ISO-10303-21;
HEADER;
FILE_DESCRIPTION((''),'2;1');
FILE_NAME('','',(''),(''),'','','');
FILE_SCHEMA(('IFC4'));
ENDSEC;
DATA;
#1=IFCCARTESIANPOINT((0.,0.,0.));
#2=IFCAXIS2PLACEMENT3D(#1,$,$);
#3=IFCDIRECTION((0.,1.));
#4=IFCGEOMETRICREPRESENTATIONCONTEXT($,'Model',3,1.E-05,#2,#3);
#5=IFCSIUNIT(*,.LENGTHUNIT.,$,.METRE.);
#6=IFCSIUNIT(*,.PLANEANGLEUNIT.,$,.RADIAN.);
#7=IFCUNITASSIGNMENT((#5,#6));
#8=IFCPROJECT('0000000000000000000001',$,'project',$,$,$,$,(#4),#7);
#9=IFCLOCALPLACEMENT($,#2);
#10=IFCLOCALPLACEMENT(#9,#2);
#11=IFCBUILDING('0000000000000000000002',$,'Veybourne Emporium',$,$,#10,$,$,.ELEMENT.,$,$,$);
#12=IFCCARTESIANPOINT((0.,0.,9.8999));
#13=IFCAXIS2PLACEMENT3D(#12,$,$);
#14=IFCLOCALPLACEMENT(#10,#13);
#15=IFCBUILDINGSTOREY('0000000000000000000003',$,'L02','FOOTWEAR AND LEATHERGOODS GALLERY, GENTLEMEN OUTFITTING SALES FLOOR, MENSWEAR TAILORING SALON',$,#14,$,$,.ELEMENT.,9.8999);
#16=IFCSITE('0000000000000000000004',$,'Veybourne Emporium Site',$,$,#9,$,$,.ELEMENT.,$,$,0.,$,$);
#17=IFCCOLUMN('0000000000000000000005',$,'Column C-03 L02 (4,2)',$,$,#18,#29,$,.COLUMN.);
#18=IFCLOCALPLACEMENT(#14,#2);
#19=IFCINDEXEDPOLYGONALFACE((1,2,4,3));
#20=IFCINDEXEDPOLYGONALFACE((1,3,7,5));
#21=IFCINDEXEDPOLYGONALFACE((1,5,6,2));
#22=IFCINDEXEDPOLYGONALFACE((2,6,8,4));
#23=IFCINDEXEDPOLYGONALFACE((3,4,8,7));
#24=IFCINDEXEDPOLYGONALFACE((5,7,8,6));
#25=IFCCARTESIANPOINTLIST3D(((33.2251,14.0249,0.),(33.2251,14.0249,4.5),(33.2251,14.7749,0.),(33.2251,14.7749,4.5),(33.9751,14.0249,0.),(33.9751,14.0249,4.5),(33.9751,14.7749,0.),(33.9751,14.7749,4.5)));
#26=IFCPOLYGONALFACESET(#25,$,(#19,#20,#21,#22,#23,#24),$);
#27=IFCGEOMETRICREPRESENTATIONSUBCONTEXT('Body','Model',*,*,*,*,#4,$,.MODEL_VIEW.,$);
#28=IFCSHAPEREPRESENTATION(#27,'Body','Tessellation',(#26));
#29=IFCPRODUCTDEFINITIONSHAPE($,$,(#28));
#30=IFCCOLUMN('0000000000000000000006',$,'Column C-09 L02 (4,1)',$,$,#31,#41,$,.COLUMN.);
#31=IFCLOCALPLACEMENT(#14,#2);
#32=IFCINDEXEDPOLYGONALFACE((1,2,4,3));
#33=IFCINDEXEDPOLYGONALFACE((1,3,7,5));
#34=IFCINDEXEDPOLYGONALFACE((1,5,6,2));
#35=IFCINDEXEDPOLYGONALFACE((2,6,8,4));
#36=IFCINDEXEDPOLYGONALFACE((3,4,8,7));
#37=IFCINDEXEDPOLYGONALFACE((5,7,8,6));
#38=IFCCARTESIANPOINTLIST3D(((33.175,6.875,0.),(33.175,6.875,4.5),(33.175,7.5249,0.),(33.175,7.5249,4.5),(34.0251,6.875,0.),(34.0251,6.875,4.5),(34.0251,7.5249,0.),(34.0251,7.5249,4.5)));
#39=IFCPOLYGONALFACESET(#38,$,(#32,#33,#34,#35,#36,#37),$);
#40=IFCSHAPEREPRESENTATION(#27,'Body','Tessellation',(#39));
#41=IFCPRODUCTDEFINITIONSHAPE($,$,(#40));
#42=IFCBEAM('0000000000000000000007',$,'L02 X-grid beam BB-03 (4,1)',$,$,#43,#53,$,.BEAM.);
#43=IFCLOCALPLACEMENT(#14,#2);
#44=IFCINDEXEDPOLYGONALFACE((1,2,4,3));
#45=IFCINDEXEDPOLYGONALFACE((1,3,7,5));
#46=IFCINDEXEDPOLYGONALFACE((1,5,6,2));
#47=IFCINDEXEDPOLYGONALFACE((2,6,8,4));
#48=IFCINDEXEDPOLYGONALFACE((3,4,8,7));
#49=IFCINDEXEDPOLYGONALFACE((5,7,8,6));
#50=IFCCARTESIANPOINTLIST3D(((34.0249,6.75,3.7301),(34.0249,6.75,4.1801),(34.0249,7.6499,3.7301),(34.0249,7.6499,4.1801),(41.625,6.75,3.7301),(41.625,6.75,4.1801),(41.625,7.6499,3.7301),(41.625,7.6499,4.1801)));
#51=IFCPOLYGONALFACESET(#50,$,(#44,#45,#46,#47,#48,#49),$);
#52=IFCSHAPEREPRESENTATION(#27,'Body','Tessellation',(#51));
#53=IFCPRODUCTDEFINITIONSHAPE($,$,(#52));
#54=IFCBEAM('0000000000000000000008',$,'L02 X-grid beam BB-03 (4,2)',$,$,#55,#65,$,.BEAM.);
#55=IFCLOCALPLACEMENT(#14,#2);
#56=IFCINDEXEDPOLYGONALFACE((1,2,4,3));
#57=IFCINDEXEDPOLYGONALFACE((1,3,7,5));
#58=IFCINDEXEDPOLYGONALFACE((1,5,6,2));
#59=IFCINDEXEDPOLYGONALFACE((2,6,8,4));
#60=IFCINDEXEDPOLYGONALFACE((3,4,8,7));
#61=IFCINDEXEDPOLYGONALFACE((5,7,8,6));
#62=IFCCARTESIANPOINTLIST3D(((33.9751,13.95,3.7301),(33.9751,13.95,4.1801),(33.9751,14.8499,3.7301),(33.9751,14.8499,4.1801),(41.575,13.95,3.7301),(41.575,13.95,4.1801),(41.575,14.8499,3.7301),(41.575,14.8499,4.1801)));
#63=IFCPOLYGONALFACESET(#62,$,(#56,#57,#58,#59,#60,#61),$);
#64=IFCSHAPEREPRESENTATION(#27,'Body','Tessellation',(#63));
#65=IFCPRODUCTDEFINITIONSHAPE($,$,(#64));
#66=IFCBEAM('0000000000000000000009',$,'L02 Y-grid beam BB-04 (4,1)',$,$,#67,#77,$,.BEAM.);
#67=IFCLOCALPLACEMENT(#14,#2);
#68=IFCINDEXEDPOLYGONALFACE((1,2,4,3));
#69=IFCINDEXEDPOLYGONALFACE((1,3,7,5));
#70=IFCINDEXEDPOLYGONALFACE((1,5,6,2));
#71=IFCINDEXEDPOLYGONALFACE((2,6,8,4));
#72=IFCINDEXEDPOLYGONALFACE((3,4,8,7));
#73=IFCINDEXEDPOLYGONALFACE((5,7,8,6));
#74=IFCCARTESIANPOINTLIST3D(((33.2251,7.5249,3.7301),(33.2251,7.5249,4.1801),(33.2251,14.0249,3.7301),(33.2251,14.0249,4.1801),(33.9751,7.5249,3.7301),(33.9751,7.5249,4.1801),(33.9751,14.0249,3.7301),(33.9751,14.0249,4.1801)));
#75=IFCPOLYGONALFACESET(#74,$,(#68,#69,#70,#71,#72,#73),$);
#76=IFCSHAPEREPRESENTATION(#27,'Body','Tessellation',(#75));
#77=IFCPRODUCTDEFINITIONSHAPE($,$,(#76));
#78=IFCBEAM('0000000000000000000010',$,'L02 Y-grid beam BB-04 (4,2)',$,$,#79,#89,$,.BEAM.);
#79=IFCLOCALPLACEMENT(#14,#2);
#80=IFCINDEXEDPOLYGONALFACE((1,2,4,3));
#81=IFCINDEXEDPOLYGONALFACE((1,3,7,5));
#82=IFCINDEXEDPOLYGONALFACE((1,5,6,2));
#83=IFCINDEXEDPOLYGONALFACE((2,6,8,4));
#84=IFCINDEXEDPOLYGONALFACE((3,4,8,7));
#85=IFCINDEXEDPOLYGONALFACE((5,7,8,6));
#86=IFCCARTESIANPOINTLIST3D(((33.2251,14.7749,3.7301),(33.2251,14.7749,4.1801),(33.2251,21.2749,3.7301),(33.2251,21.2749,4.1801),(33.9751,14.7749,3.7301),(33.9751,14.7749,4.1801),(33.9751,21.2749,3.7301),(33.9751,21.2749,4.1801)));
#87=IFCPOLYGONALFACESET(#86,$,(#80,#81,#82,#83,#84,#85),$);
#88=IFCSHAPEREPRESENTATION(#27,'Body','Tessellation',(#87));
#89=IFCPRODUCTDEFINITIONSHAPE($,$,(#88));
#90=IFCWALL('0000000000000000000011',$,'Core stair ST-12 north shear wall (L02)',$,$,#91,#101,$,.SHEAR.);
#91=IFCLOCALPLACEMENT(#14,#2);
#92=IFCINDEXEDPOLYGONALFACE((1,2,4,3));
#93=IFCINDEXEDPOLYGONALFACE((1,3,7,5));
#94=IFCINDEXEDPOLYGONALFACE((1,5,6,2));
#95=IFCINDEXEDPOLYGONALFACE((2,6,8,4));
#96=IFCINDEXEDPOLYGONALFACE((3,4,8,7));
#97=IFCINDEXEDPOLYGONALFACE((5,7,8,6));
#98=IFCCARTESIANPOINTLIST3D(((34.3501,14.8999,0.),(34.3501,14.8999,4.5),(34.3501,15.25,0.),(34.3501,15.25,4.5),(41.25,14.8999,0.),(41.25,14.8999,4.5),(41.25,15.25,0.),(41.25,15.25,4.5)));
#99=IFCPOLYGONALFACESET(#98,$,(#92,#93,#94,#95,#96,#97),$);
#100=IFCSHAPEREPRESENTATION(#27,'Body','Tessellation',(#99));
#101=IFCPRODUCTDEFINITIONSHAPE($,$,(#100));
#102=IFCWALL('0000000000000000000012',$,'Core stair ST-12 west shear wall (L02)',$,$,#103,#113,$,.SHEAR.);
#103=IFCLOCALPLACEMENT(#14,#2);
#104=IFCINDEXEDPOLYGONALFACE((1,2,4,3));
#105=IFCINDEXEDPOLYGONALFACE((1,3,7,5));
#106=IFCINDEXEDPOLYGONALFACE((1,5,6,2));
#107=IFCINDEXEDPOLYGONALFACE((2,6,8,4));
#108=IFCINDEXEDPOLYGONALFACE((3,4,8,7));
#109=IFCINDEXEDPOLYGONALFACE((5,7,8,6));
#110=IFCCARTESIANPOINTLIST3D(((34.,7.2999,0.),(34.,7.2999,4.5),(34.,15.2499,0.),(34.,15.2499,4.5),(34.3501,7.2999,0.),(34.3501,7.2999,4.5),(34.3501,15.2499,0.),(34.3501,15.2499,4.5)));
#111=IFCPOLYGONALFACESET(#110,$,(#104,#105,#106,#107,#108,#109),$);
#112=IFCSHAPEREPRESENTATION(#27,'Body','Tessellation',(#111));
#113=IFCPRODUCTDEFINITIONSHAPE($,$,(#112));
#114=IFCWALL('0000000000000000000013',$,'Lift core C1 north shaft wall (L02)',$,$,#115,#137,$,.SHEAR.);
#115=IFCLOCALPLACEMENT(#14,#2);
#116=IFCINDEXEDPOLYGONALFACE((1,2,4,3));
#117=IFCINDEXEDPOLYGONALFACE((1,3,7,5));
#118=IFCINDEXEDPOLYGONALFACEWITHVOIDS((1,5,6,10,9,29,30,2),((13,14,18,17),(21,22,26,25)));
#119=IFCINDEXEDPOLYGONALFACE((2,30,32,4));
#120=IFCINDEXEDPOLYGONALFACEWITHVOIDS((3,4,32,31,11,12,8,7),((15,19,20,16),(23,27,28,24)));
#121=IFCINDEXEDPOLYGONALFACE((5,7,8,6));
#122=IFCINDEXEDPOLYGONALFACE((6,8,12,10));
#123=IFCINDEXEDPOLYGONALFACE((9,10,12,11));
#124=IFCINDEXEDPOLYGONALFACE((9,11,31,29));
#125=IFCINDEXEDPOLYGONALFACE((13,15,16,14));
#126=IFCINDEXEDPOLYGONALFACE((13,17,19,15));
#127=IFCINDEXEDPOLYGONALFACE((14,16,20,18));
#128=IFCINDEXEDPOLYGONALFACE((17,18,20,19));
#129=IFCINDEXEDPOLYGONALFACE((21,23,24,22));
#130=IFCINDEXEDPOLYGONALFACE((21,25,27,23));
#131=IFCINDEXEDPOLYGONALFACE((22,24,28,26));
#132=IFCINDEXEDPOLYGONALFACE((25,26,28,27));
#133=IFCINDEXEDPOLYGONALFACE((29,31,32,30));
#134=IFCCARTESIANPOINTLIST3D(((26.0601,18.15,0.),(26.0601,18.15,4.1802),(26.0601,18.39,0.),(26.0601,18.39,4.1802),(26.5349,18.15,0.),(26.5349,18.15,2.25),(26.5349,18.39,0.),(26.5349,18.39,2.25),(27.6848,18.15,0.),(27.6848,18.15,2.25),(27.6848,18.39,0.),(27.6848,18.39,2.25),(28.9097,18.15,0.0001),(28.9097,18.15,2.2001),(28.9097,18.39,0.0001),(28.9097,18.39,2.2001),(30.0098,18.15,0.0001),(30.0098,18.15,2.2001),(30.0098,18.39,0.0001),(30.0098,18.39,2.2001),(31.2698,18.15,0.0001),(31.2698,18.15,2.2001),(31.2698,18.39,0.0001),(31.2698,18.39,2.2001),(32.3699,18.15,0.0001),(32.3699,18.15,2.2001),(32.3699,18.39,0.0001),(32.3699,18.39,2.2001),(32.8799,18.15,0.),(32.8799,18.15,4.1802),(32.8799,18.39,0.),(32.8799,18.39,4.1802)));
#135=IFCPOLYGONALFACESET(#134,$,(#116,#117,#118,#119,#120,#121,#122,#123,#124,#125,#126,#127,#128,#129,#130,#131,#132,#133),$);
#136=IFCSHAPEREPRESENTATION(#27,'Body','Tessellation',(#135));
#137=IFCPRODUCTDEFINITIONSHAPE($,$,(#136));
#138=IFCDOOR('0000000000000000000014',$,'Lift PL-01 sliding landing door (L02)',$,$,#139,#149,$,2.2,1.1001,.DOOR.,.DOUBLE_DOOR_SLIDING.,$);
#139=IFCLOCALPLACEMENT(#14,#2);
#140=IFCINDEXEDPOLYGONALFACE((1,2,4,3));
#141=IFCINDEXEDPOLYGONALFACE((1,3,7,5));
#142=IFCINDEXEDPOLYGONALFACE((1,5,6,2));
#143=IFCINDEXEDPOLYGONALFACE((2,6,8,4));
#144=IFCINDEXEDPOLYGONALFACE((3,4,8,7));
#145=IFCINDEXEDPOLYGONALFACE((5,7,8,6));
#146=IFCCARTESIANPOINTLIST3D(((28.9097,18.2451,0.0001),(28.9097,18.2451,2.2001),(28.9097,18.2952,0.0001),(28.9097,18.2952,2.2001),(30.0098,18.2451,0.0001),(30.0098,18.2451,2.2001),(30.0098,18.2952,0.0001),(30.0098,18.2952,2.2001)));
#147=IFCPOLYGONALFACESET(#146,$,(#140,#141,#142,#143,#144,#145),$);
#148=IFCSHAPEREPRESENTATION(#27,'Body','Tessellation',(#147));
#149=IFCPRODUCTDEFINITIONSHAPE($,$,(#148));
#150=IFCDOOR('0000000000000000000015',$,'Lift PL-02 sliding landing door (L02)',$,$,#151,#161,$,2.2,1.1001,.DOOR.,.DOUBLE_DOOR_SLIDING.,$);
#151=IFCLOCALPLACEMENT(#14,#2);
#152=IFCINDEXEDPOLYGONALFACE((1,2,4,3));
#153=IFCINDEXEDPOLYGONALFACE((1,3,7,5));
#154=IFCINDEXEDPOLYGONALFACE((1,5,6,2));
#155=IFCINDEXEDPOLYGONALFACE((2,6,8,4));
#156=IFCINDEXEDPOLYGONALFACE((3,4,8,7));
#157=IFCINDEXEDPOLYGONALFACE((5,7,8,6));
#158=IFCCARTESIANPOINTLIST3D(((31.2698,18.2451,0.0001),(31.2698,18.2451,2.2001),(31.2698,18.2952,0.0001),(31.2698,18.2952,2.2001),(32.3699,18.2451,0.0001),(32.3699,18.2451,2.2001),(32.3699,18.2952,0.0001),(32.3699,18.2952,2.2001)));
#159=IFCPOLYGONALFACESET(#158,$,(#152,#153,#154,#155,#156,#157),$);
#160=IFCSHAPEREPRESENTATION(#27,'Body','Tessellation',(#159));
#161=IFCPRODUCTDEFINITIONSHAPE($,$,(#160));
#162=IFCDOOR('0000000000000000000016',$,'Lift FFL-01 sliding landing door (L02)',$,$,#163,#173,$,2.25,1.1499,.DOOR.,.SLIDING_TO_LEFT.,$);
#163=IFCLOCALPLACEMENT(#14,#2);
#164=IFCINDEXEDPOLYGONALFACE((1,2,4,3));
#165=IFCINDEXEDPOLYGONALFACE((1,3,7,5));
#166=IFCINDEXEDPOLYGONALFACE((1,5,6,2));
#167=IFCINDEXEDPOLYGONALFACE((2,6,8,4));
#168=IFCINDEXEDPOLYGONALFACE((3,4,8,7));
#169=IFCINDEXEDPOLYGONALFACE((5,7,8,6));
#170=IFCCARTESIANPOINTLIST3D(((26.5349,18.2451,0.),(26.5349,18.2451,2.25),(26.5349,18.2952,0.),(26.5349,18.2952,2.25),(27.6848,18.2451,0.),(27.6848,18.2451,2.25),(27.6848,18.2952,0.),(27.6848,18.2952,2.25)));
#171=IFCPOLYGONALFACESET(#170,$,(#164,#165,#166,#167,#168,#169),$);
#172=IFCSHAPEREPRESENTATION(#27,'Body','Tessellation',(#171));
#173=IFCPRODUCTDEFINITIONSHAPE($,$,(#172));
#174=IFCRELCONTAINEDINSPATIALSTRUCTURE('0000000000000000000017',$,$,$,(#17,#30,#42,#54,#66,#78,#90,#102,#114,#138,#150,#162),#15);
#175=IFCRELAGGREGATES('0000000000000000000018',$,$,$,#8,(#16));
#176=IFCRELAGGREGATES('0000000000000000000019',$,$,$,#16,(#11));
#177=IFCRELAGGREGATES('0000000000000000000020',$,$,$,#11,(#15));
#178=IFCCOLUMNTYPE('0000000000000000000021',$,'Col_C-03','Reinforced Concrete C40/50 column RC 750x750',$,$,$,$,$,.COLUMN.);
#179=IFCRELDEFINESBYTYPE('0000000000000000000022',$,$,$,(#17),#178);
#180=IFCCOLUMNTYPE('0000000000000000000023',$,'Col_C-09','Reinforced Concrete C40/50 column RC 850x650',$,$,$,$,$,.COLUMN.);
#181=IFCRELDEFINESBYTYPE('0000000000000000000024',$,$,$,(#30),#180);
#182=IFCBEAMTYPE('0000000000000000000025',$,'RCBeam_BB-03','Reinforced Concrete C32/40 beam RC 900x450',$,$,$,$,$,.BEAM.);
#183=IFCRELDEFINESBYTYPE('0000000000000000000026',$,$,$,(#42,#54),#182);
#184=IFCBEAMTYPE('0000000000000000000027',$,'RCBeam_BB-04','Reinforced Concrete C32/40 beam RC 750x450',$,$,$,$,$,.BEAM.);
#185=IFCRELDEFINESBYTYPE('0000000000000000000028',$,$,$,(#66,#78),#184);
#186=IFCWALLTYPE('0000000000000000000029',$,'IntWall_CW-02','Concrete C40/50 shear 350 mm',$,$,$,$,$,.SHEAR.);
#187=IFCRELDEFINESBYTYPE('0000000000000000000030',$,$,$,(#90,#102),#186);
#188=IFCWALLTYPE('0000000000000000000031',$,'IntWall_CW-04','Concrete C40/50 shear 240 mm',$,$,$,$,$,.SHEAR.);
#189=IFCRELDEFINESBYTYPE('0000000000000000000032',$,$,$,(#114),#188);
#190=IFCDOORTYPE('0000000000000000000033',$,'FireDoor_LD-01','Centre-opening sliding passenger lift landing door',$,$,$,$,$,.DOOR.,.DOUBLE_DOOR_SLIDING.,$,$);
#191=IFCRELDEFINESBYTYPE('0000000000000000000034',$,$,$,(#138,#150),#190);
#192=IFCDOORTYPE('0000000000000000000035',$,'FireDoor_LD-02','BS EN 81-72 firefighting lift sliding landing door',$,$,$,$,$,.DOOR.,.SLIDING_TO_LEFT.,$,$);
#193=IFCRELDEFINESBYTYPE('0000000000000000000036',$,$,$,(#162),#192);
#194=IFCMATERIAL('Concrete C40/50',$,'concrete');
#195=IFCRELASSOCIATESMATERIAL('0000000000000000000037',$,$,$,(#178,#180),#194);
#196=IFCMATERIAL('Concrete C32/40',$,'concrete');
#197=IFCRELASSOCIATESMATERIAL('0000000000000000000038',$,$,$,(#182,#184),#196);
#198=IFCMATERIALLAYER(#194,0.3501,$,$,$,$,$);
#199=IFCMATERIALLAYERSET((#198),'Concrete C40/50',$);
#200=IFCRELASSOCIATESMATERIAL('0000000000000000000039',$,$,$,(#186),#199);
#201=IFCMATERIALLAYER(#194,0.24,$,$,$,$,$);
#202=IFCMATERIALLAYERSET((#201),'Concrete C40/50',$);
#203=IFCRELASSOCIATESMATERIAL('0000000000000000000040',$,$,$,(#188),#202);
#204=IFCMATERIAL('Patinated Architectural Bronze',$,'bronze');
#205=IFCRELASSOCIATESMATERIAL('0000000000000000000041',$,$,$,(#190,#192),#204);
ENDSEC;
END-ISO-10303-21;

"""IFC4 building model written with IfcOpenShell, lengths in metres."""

from ifc_helpers import new_model, si_unit, direction, frame, frame_2d, origin, origin_2d, place, context, subcontext, project, spatial, rectangle, extrude, material, layer, layer_set, material_profile, profile_set, type_object, element, fill, save


model = new_model("IFC4")

# Units and contexts
model_context = context("Model", 3, precision=1e-05, world=origin(), true_north=direction((0.0, 1.0)))
body_context = subcontext(model_context, "Body", "Model", "MODEL_VIEW")
ifc_project = project(units=[si_unit("LENGTHUNIT", "METRE"), si_unit("PLANEANGLEUNIT", "RADIAN")], contexts=[model_context])

# Site, building, storey
site_placement = place(None, origin())
site = spatial("IfcSite", under=ifc_project, at=site_placement, Name="Veybourne Emporium Site", CompositionType="ELEMENT", RefElevation=0.0)
building_placement = place(site_placement, origin())
building = spatial("IfcBuilding", under=site, at=building_placement, Name="Veybourne Emporium", CompositionType="ELEMENT")
storey_placement = place(building_placement, frame((0.0, 0.0, 9.8999)))
storey = spatial("IfcBuildingStorey", under=building, at=storey_placement, Name="L02", Description="FOOTWEAR AND LEATHERGOODS GALLERY, GENTLEMEN OUTFITTING SALES FLOOR, MENSWEAR TAILORING SALON", CompositionType="ELEMENT", Elevation=9.8999)

# Columns
ifc_material_1 = material(Name="Concrete C40/50", Category="concrete")
ifc_material_profile_1 = material_profile(ifc_material_1, rectangle(XDim=0.75, YDim=0.75, at=origin_2d()), Name="RC 750x750")
ifc_profile_set_1 = profile_set([ifc_material_profile_1], Name="Concrete C40/50")
column_type_1 = type_object("IfcColumnType", Name="Col_C-03", Description="Reinforced Concrete C40/50 column RC 750x750", PredefinedType="COLUMN", material=ifc_profile_set_1)
column_1_placement = place(storey_placement, frame((33.6001, 14.3999, 0.0), z_axis=(0.0, 0.0, 1.0), x_axis=(1.0, 0.0, 0.0)))
element("IfcColumn", 1, at=column_1_placement, inside=storey, type_object=column_type_1, Name="Column C-03 L02 (4,2)", PredefinedType="COLUMN", context=body_context, shape_type="SweptSolid", body=[
    extrude(rectangle(XDim=0.75, YDim=0.75, at=origin_2d()), origin(), (0.0, 0.0, 1.0), 4.5),
])
ifc_material_profile_2 = material_profile(ifc_material_1, rectangle(XDim=0.8501, YDim=0.6499, at=origin_2d()), Name="RC 850x650")
ifc_profile_set_2 = profile_set([ifc_material_profile_2], Name="Concrete C40/50")
column_type_2 = type_object("IfcColumnType", Name="Col_C-09", Description="Reinforced Concrete C40/50 column RC 850x650", PredefinedType="COLUMN", material=ifc_profile_set_2)
column_2_placement = place(storey_placement, frame((33.6001, 7.2, 0.0), z_axis=(0.0, 0.0, 1.0), x_axis=(1.0, 0.0, 0.0)))
element("IfcColumn", 2, at=column_2_placement, inside=storey, type_object=column_type_2, Name="Column C-09 L02 (4,1)", PredefinedType="COLUMN", context=body_context, shape_type="SweptSolid", body=[
    extrude(rectangle(XDim=0.8501, YDim=0.6499, at=origin_2d()), origin(), (0.0, 0.0, 1.0), 4.5),
])

# Beams
ifc_material_2 = material(Name="Concrete C32/40", Category="concrete")
ifc_material_profile_3 = material_profile(ifc_material_2, rectangle(XDim=0.8999, YDim=0.45, at=origin_2d()), Name="RC 900x450")
ifc_profile_set_3 = profile_set([ifc_material_profile_3], Name="Concrete C32/40")
beam_type_1 = type_object("IfcBeamType", Name="RCBeam_BB-03", Description="Reinforced Concrete C32/40 beam RC 900x450", PredefinedType="BEAM", material=ifc_profile_set_3)
beam_1_placement = place(storey_placement, frame((34.0249, 7.2, 3.9551), z_axis=(1.0, 0.0, 0.0), x_axis=(0.0, 1.0, 0.0)))
element("IfcBeam", 3, at=beam_1_placement, inside=storey, type_object=beam_type_1, Name="L02 X-grid beam BB-03 (4,1)", PredefinedType="BEAM", context=body_context, shape_type="SweptSolid", body=[
    extrude(rectangle(XDim=0.8999, YDim=0.45, at=origin_2d()), origin(), (0.0, 0.0, 1.0), 7.6001),
])
beam_2_placement = place(storey_placement, frame((33.9751, 14.3999, 3.9551), z_axis=(1.0, 0.0, 0.0), x_axis=(0.0, 1.0, 0.0)))
element("IfcBeam", 4, at=beam_2_placement, inside=storey, type_object=beam_type_1, Name="L02 X-grid beam BB-03 (4,2)", PredefinedType="BEAM", context=body_context, shape_type="SweptSolid", body=[
    extrude(rectangle(XDim=0.8999, YDim=0.45, at=origin_2d()), origin(), (0.0, 0.0, 1.0), 7.5999),
])
ifc_material_profile_4 = material_profile(ifc_material_2, rectangle(XDim=0.75, YDim=0.45, at=origin_2d()), Name="RC 750x450")
ifc_profile_set_4 = profile_set([ifc_material_profile_4], Name="Concrete C32/40")
beam_type_2 = type_object("IfcBeamType", Name="RCBeam_BB-04", Description="Reinforced Concrete C32/40 beam RC 750x450", PredefinedType="BEAM", material=ifc_profile_set_4)
for number, where, z_axis, x_axis, name in (
    (5, (33.6001, 7.5249, 3.9551), (0.0, 1.0, 0.0), (-1.0, 0.0, 0.0), "L02 Y-grid beam BB-04 (4,1)"),
    (6, (33.6001, 14.7749, 3.9551), (0.0, 1.0, 0.0), (-1.0, 0.0, 0.0), "L02 Y-grid beam BB-04 (4,2)"),
):
    element("IfcBeam", number, at=place(storey_placement, frame(where, z_axis=z_axis, x_axis=x_axis)), inside=storey, type_object=beam_type_2, Name=name, PredefinedType="BEAM", context=body_context, shape_type="SweptSolid", body=[
        extrude(rectangle(XDim=0.75, YDim=0.45, at=origin_2d()), origin(), (0.0, 0.0, 1.0), 6.5),
    ])

# Walls
ifc_layer_1 = layer(ifc_material_1, 0.3501)
ifc_layer_set_1 = layer_set([ifc_layer_1], Name="Concrete C40/50")
wall_type_1 = type_object("IfcWallType", Name="IntWall_CW-02", Description="Concrete C40/50 shear 350 mm", PredefinedType="SHEAR", material=ifc_layer_set_1)
wall_1_placement = place(storey_placement, frame((34.3501, 15.075, 0.0), z_axis=(0.0, 0.0, 1.0), x_axis=(1.0, 0.0, 0.0)))
element("IfcWall", 7, at=wall_1_placement, inside=storey, type_object=wall_type_1, Name="Core stair ST-12 north shear wall (L02)", PredefinedType="SHEAR", context=body_context, shape_type="SweptSolid", body=[
    extrude(rectangle(XDim=6.8999, YDim=0.3501, at=frame_2d((3.45, 0.0))), origin(), (0.0, 0.0, 1.0), 4.5),
])
wall_2_placement = place(storey_placement, frame((34.175, 15.25, 0.0), z_axis=(0.0, 0.0, 1.0), x_axis=(0.0, -1.0, 0.0)))
element("IfcWall", 8, at=wall_2_placement, inside=storey, type_object=wall_type_1, Name="Core stair ST-12 west shear wall (L02)", PredefinedType="SHEAR", context=body_context, shape_type="SweptSolid", body=[
    extrude(rectangle(XDim=7.95, YDim=0.3501, at=frame_2d((3.9751, 0.0))), origin(), (0.0, 0.0, 1.0), 4.5),
])

# Wall, openings, doors
ifc_layer_2 = layer(ifc_material_1, 0.24)
ifc_layer_set_2 = layer_set([ifc_layer_2], Name="Concrete C40/50")
wall_type_2 = type_object("IfcWallType", Name="IntWall_CW-04", Description="Concrete C40/50 shear 240 mm", PredefinedType="SHEAR", material=ifc_layer_set_2)
wall_3_placement = place(storey_placement, frame((32.8799, 18.27, 0.0), z_axis=(0.0, 0.0, 1.0), x_axis=(-1.0, 0.0, 0.0)))
wall_3 = element("IfcWall", 9, at=wall_3_placement, inside=storey, type_object=wall_type_2, Name="Lift core C1 north shaft wall (L02)", PredefinedType="SHEAR", context=body_context, shape_type="SweptSolid", body=[
    extrude(rectangle(XDim=6.8198, YDim=0.24, at=frame_2d((3.4099, 0.0))), origin(), (0.0, 0.0, 1.0), 4.1802),
])
opening_1_placement = place(wall_3_placement, frame((5.1951, 0.0, 0.0)))
opening_1 = element("IfcOpeningElement", 10, at=opening_1_placement, cuts=wall_3, PredefinedType="OPENING", context=body_context, shape_type="SweptSolid", body=[
    extrude(rectangle(XDim=1.1499, YDim=2.25, at=frame_2d((0.575, 1.125))), frame((0.0, 0.1401, 0.0), z_axis=(0.0, -1.0, 0.0), x_axis=(1.0, 0.0, 0.0)), (0.0, 0.0, 1.0), 0.28),
])
opening_2_placement = place(wall_3_placement, frame((2.8701, 0.0, 0.0)))
opening_2 = element("IfcOpeningElement", 11, at=opening_2_placement, cuts=wall_3, PredefinedType="OPENING", context=body_context, shape_type="SweptSolid", body=[
    extrude(rectangle(XDim=1.1001, YDim=2.2, at=frame_2d((0.55, 1.1001))), frame((0.0, 0.1401, 0.0), z_axis=(0.0, -1.0, 0.0), x_axis=(1.0, 0.0, 0.0)), (0.0, 0.0, 1.0), 0.28),
])
opening_3_placement = place(wall_3_placement, frame((0.51, 0.0, 0.0)))
opening_3 = element("IfcOpeningElement", 12, at=opening_3_placement, cuts=wall_3, PredefinedType="OPENING", context=body_context, shape_type="SweptSolid", body=[
    extrude(rectangle(XDim=1.1001, YDim=2.2, at=frame_2d((0.55, 1.1001))), frame((0.0, 0.1401, 0.0), z_axis=(0.0, -1.0, 0.0), x_axis=(1.0, 0.0, 0.0)), (0.0, 0.0, 1.0), 0.28),
])
ifc_material_3 = material(Name="Patinated Architectural Bronze", Category="bronze")
door_type_1 = type_object("IfcDoorType", Name="FireDoor_LD-01", Description="Centre-opening sliding passenger lift landing door", OperationType="DOUBLE_DOOR_SLIDING", PredefinedType="DOOR", material=ifc_material_3)
door_1_placement = place(opening_2_placement, origin())
door_1 = element("IfcDoor", 13, at=door_1_placement, inside=storey, type_object=door_type_1, Name="Lift PL-01 sliding landing door (L02)", OperationType="DOUBLE_DOOR_SLIDING", OverallHeight=2.2, OverallWidth=1.1001, PredefinedType="DOOR", context=body_context, shape_type="SweptSolid", body=[
    extrude(rectangle(XDim=1.1001, YDim=2.2, at=frame_2d((0.55, 1.1001))), frame((0.0, 0.0249, 0.0), z_axis=(0.0, -1.0, 0.0), x_axis=(1.0, 0.0, 0.0)), (0.0, 0.0, 1.0), 0.05),
])
fill(opening_2, door_1)
door_2_placement = place(opening_3_placement, origin())
door_2 = element("IfcDoor", 14, at=door_2_placement, inside=storey, type_object=door_type_1, Name="Lift PL-02 sliding landing door (L02)", OperationType="DOUBLE_DOOR_SLIDING", OverallHeight=2.2, OverallWidth=1.1001, PredefinedType="DOOR", context=body_context, shape_type="SweptSolid", body=[
    extrude(rectangle(XDim=1.1001, YDim=2.2, at=frame_2d((0.55, 1.1001))), frame((0.0, 0.0249, 0.0), z_axis=(0.0, -1.0, 0.0), x_axis=(1.0, 0.0, 0.0)), (0.0, 0.0, 1.0), 0.05),
])
fill(opening_3, door_2)
door_type_2 = type_object("IfcDoorType", Name="FireDoor_LD-02", Description="BS EN 81-72 firefighting lift sliding landing door", OperationType="SLIDING_TO_LEFT", PredefinedType="DOOR", material=ifc_material_3)
door_3_placement = place(opening_1_placement, origin())
door_3 = element("IfcDoor", 15, at=door_3_placement, inside=storey, type_object=door_type_2, Name="Lift FFL-01 sliding landing door (L02)", OperationType="SLIDING_TO_LEFT", OverallHeight=2.25, OverallWidth=1.1499, PredefinedType="DOOR", context=body_context, shape_type="SweptSolid", body=[
    extrude(rectangle(XDim=1.1499, YDim=2.25, at=frame_2d((0.575, 1.125))), frame((0.0, 0.0249, 0.0), z_axis=(0.0, -1.0, 0.0), x_axis=(1.0, 0.0, 0.0)), (0.0, 0.0, 1.0), 0.05),
])
fill(opening_1, door_3)

save(model, "model.ifc")
